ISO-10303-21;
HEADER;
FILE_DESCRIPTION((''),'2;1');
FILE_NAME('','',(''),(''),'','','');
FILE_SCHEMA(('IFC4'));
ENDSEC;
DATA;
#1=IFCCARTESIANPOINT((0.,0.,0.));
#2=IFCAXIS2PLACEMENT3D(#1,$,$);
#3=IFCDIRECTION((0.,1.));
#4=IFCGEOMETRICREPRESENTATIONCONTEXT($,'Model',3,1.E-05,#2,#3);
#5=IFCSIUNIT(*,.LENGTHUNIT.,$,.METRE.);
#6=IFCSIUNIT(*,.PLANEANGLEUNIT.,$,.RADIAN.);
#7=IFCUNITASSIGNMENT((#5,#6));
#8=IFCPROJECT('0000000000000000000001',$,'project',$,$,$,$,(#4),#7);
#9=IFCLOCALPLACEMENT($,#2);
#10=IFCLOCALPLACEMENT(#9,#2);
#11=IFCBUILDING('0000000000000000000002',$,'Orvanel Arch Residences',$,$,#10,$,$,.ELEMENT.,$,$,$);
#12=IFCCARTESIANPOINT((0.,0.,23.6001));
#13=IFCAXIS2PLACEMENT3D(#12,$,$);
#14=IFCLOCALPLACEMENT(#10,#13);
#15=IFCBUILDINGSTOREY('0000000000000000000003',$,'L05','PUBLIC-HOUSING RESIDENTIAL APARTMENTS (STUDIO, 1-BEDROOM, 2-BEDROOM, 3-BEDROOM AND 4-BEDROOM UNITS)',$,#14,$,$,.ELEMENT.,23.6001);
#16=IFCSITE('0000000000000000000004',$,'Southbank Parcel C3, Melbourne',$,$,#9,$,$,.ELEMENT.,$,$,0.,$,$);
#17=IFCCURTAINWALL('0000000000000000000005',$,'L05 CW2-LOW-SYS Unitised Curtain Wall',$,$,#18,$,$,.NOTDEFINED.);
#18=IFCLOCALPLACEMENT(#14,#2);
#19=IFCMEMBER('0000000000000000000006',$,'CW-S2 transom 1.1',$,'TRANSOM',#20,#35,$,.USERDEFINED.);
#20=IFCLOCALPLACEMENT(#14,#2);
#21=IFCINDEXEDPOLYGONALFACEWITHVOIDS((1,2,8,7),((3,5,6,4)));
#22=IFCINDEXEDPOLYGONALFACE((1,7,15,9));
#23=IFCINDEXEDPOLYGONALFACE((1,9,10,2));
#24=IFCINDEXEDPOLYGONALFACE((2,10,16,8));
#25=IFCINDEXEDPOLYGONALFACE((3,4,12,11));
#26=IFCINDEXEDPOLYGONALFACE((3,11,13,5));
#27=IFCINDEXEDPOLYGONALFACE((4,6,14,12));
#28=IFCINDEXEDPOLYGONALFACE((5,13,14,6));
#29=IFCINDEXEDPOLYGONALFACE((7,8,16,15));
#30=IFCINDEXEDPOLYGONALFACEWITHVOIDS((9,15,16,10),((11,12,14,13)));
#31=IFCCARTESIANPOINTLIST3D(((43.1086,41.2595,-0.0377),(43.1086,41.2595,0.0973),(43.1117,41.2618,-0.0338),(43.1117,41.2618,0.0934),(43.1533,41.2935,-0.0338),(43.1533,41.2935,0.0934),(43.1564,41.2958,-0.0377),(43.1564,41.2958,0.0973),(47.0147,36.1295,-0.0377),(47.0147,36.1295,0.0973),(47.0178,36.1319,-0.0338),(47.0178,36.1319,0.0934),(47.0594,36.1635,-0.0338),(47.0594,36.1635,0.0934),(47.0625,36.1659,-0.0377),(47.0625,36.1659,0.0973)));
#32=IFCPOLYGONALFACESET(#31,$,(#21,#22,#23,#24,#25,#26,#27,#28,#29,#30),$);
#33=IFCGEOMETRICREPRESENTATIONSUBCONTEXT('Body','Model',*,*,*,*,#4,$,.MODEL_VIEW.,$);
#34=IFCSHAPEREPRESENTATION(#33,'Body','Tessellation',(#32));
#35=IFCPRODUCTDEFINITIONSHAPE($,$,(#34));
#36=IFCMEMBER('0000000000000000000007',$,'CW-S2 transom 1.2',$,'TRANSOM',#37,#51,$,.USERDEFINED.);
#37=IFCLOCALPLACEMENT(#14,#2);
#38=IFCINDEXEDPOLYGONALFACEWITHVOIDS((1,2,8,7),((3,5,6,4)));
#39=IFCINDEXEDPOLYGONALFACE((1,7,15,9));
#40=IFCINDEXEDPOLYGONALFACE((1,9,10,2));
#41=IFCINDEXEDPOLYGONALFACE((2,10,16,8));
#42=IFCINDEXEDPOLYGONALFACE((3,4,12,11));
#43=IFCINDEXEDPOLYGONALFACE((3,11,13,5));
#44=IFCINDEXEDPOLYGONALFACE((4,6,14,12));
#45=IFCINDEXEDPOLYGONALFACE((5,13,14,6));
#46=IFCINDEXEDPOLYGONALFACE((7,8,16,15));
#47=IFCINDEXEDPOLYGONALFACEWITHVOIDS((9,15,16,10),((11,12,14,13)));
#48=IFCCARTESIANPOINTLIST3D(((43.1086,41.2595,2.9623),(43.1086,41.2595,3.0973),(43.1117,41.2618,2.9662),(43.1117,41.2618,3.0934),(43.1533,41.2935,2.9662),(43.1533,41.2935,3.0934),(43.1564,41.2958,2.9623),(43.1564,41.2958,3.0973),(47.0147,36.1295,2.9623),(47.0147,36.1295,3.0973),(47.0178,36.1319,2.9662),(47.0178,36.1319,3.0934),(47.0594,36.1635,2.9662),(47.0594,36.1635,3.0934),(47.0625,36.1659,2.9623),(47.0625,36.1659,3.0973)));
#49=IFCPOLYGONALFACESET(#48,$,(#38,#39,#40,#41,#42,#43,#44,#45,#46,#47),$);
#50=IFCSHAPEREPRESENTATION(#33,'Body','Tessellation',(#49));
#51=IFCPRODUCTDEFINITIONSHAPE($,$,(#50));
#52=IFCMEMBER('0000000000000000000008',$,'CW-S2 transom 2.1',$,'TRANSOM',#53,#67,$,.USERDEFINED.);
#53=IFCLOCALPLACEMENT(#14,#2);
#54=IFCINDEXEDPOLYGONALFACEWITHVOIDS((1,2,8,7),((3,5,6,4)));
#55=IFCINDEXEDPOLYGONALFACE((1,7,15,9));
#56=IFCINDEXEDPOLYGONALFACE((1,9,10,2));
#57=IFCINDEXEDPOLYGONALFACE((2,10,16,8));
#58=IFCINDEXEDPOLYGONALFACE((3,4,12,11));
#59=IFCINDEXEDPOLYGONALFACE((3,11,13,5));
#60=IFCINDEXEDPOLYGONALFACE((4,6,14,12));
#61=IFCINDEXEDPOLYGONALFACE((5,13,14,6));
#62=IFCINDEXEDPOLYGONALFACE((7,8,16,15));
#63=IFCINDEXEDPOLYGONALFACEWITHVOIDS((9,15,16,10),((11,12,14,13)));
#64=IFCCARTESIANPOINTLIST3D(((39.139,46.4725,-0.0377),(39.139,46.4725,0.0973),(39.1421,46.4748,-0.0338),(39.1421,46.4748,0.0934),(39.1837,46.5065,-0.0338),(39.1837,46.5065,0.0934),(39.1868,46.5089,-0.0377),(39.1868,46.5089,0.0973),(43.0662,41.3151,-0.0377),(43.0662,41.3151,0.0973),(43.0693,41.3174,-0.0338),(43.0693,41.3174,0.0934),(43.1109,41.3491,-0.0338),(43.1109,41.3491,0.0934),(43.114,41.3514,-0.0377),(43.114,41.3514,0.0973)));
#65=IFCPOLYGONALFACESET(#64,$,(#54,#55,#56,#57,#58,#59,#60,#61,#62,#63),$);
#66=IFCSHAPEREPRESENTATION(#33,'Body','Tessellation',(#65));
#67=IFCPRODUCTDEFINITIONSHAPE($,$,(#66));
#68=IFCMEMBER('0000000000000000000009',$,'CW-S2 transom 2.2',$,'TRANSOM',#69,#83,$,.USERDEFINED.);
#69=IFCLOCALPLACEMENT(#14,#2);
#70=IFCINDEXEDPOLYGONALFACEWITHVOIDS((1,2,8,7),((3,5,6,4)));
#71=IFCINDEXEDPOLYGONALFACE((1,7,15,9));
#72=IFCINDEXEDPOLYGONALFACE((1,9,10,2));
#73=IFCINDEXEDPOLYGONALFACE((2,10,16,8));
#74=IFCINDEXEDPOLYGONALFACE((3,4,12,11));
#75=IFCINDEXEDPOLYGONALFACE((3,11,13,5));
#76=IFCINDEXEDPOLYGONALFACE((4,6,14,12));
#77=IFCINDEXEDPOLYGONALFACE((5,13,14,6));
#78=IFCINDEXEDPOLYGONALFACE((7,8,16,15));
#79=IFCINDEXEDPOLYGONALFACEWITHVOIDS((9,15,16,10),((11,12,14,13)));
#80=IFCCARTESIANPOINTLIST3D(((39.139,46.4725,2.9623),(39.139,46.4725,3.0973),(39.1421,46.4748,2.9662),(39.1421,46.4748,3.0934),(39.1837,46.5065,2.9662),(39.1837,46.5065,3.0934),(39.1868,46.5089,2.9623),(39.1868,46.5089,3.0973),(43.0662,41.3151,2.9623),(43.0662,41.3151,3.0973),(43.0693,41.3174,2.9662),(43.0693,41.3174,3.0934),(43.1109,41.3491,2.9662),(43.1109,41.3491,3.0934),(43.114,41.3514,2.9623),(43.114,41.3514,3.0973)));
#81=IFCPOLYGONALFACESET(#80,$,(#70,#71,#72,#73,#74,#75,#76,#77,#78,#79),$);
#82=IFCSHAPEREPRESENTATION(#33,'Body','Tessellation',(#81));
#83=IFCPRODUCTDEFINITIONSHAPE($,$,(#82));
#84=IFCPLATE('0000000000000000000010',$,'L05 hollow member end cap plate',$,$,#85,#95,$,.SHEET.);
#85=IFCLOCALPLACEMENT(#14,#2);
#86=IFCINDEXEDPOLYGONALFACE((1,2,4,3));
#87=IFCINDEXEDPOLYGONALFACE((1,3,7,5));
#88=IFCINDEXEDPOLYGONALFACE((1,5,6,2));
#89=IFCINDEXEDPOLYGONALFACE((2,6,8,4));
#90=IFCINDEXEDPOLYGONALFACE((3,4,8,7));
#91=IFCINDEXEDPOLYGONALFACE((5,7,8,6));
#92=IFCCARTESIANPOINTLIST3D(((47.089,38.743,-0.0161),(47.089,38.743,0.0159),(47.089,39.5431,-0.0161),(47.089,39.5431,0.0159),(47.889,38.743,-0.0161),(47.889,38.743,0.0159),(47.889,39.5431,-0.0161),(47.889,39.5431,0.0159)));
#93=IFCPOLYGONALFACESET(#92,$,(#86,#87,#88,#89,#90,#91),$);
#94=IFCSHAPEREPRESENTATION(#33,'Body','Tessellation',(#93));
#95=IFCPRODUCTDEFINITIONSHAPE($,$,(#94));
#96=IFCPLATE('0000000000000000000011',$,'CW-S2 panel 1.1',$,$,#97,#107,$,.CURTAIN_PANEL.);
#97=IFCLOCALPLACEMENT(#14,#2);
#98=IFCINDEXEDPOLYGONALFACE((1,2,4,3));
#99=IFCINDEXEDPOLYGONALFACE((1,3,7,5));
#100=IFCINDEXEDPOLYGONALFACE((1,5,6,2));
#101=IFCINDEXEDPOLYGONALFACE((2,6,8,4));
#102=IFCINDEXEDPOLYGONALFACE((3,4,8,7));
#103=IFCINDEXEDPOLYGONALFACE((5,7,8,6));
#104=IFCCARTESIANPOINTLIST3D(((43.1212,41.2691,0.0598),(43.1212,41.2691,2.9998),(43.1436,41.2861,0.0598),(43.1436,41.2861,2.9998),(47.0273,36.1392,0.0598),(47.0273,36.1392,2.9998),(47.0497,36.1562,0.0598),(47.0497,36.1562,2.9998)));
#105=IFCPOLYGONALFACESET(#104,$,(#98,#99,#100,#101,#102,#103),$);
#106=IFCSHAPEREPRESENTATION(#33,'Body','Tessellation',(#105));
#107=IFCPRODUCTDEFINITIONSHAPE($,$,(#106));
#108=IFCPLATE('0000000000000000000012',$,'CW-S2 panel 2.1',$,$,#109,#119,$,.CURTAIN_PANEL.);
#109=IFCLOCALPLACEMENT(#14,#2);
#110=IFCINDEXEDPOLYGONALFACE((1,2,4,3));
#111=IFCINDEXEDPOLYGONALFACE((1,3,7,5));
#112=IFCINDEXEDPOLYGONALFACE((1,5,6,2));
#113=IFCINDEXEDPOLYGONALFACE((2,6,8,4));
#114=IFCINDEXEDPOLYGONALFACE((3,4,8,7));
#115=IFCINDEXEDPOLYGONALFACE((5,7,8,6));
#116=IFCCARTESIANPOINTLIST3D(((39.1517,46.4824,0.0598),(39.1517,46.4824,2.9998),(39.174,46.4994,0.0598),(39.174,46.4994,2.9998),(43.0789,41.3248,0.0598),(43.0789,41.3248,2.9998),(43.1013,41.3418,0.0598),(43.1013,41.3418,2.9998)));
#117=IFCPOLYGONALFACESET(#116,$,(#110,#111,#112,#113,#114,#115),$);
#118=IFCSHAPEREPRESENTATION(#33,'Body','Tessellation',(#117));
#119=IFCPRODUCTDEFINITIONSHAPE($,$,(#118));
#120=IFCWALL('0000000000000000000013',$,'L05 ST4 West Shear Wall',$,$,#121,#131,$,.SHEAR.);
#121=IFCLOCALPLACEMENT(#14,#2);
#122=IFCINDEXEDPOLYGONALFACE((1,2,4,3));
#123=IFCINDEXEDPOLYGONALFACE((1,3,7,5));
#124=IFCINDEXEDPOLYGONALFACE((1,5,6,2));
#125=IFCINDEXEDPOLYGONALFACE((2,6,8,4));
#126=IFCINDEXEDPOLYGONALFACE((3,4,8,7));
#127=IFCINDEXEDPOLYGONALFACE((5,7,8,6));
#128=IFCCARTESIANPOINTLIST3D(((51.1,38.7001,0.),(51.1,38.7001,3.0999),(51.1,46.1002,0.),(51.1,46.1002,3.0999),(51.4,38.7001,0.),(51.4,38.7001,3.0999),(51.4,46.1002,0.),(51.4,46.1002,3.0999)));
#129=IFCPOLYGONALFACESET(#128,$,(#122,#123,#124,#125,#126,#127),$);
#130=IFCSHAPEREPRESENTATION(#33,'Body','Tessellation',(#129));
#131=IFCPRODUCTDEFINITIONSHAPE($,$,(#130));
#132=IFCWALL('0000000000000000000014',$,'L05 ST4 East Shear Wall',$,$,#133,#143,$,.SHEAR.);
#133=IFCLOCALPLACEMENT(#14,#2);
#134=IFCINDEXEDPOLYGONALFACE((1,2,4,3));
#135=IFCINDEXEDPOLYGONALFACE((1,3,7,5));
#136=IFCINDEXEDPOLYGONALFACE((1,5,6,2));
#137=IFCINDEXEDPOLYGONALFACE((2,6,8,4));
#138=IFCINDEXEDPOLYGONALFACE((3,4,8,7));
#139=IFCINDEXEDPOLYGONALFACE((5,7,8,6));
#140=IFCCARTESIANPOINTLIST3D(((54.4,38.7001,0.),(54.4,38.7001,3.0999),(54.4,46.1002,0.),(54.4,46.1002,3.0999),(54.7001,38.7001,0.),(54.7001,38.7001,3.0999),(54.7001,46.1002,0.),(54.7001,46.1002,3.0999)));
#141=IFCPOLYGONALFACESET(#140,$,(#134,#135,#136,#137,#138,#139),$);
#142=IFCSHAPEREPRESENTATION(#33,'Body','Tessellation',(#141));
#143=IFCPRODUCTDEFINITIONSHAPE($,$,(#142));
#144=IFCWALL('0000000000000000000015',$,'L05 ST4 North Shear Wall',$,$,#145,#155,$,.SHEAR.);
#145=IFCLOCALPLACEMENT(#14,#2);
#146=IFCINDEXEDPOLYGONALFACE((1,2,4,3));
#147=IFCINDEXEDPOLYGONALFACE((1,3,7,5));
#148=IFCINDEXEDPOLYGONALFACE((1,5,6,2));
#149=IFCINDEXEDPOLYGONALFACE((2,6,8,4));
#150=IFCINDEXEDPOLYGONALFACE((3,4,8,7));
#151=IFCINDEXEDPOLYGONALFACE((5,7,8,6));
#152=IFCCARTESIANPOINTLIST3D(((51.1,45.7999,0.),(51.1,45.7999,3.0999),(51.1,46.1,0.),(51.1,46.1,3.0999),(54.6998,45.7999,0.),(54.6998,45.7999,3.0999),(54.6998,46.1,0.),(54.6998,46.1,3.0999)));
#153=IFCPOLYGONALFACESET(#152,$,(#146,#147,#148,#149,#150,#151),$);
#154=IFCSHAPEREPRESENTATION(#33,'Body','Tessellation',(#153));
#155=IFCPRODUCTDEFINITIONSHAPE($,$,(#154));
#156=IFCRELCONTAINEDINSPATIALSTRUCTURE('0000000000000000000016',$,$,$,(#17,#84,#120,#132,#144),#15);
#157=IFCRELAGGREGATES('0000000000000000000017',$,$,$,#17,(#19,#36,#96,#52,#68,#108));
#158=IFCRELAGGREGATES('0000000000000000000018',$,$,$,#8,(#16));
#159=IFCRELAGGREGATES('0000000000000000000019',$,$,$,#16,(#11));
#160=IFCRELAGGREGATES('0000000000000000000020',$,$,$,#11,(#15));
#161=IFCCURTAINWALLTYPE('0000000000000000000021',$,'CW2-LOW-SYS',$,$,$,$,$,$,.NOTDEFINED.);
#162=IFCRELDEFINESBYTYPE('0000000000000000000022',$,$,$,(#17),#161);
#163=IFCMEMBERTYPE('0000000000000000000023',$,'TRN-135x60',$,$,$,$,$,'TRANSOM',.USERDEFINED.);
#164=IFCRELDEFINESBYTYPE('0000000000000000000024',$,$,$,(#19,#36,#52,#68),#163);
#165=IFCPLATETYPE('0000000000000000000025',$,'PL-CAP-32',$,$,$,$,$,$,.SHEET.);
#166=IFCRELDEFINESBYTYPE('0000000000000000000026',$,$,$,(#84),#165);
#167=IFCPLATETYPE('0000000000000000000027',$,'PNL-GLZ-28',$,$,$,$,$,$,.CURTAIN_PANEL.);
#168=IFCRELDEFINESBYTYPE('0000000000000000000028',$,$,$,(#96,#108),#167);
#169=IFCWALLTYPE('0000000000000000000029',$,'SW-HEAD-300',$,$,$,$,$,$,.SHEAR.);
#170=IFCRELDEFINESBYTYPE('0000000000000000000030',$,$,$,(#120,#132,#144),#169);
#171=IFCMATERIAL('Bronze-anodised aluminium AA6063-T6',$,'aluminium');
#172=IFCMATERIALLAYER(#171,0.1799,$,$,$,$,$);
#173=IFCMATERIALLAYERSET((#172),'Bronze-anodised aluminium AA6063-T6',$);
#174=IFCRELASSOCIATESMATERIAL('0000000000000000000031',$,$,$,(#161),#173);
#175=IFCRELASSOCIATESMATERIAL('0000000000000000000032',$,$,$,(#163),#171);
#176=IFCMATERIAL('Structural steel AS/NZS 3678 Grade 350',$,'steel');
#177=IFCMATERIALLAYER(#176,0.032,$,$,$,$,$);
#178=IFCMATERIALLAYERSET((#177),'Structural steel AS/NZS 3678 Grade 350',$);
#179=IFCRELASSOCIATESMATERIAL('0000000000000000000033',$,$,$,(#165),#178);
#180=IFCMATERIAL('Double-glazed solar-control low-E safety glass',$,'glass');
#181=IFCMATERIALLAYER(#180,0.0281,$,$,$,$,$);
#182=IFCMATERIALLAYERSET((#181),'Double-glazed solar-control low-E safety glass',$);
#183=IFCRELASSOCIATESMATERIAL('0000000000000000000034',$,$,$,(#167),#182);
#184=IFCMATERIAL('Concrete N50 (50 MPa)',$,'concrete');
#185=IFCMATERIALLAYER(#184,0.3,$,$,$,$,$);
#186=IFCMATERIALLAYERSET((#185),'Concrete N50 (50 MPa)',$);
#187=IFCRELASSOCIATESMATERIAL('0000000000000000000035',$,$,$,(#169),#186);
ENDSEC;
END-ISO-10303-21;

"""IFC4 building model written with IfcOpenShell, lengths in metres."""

from ifc_helpers import new_model, si_unit, direction, frame, frame_2d, origin, origin_2d, place, context, subcontext, project, spatial, rectangle, hollow_rectangle, extrude, material, layer, layer_set, material_profile, profile_set, type_object, element, aggregate, save


model = new_model("IFC4")

# Units and contexts
model_context = context("Model", 3, precision=1e-05, world=origin(), true_north=direction((0.0, 1.0)))
body_context = subcontext(model_context, "Body", "Model", "MODEL_VIEW")
ifc_project = project(units=[si_unit("LENGTHUNIT", "METRE"), si_unit("PLANEANGLEUNIT", "RADIAN")], contexts=[model_context])

# Site, building, storey
site_placement = place(None, origin())
site = spatial("IfcSite", under=ifc_project, at=site_placement, Name="Southbank Parcel C3, Melbourne", CompositionType="ELEMENT", RefElevation=0.0)
building_placement = place(site_placement, origin())
building = spatial("IfcBuilding", under=site, at=building_placement, Name="Orvanel Arch Residences", CompositionType="ELEMENT")
storey_placement = place(building_placement, frame((0.0, 0.0, 23.6001)))
storey = spatial("IfcBuildingStorey", under=building, at=storey_placement, Name="L05", Description="PUBLIC-HOUSING RESIDENTIAL APARTMENTS (STUDIO, 1-BEDROOM, 2-BEDROOM, 3-BEDROOM AND 4-BEDROOM UNITS)", CompositionType="ELEMENT", Elevation=23.6001)

# Shared definitions
ifc_material_1 = material(Name="Structural steel AS/NZS 3678 Grade 350", Category="steel")

# Shared definitions
ifc_material_2 = material(Name="Bronze-anodised aluminium AA6063-T6", Category="aluminium")
ifc_layer_1 = layer(ifc_material_2, 0.1799)
ifc_layer_set_1 = layer_set([ifc_layer_1], Name="Bronze-anodised aluminium AA6063-T6")
curtain_wall_type = type_object("IfcCurtainWallType", Name="CW2-LOW-SYS", PredefinedType="NOTDEFINED", material=ifc_layer_set_1)

# Curtain wall
curtain_wall_1_placement = place(storey_placement, origin())
curtain_wall_1 = element("IfcCurtainWall", 1, at=curtain_wall_1_placement, inside=storey, type_object=curtain_wall_type, Name="L05 CW2-LOW-SYS Unitised Curtain Wall", PredefinedType="NOTDEFINED")

# Members
ifc_material_profile_1 = material_profile(ifc_material_2, hollow_rectangle(XDim=0.0601, YDim=0.135, WallThickness=0.0039, at=origin_2d()), Name="ALU135x60x4")
ifc_profile_set_1 = profile_set([ifc_material_profile_1], Name="Bronze-anodised aluminium AA6063-T6")
member_type_1 = type_object("IfcMemberType", Name="TRN-135x60", ElementType="TRANSOM", PredefinedType="USERDEFINED", material=ifc_profile_set_1)
member_1_placement = place(storey_placement, frame((47.0386, 36.1477, 0.0298), z_axis=(-0.6058, 0.795617, 0.0), x_axis=(-0.795617, -0.6058, 0.0)))
member_1 = element("IfcMember", 2, at=member_1_placement, type_object=member_type_1, Name="CW-S2 transom 1.1", ObjectType="TRANSOM", PredefinedType="USERDEFINED", context=body_context, shape_type="SweptSolid", body=[
    extrude(hollow_rectangle(XDim=0.0601, YDim=0.135, WallThickness=0.0039, at=origin_2d()), origin(), (0.0, 0.0, 1.0), 6.4478),
])
member_2_placement = place(storey_placement, frame((47.0386, 36.1477, 3.0298), z_axis=(-0.6058, 0.795617, 0.0), x_axis=(-0.795617, -0.6058, 0.0)))
member_2 = element("IfcMember", 3, at=member_2_placement, type_object=member_type_1, Name="CW-S2 transom 1.2", ObjectType="TRANSOM", PredefinedType="USERDEFINED", context=body_context, shape_type="SweptSolid", body=[
    extrude(hollow_rectangle(XDim=0.0601, YDim=0.135, WallThickness=0.0039, at=origin_2d()), origin(), (0.0, 0.0, 1.0), 6.4478),
])
member_3_placement = place(storey_placement, frame((43.0901, 41.3333, 0.0298), z_axis=(-0.605823, 0.795599, 0.0), x_axis=(-0.795599, -0.605823, 0.0)))
member_3 = element("IfcMember", 4, at=member_3_placement, type_object=member_type_1, Name="CW-S2 transom 2.1", ObjectType="TRANSOM", PredefinedType="USERDEFINED", context=body_context, shape_type="SweptSolid", body=[
    extrude(hollow_rectangle(XDim=0.0601, YDim=0.135, WallThickness=0.0039, at=origin_2d()), origin(), (0.0, 0.0, 1.0), 6.4824),
])
member_4_placement = place(storey_placement, frame((43.0901, 41.3333, 3.0298), z_axis=(-0.605823, 0.795599, 0.0), x_axis=(-0.795599, -0.605823, 0.0)))
member_4 = element("IfcMember", 5, at=member_4_placement, type_object=member_type_1, Name="CW-S2 transom 2.2", ObjectType="TRANSOM", PredefinedType="USERDEFINED", context=body_context, shape_type="SweptSolid", body=[
    extrude(hollow_rectangle(XDim=0.0601, YDim=0.135, WallThickness=0.0039, at=origin_2d()), origin(), (0.0, 0.0, 1.0), 6.4824),
])

# Plates
ifc_layer_2 = layer(ifc_material_1, 0.032)
ifc_layer_set_2 = layer_set([ifc_layer_2], Name="Structural steel AS/NZS 3678 Grade 350")
plate_type_1 = type_object("IfcPlateType", Name="PL-CAP-32", PredefinedType="SHEET", material=ifc_layer_set_2)
plate_1_placement = place(storey_placement, frame((47.489, 39.1431, -0.0161), z_axis=(0.0, 0.0, 1.0), x_axis=(1.0, 0.0, 0.0)))
element("IfcPlate", 6, at=plate_1_placement, inside=storey, type_object=plate_type_1, Name="L05 hollow member end cap plate", PredefinedType="SHEET", context=body_context, shape_type="SweptSolid", body=[
    extrude(rectangle(XDim=0.8, YDim=0.8, at=origin_2d()), origin(), (0.0, 0.0, 1.0), 0.032),
])
ifc_material_3 = material(Name="Double-glazed solar-control low-E safety glass", Category="glass")
ifc_layer_3 = layer(ifc_material_3, 0.0281)
ifc_layer_set_3 = layer_set([ifc_layer_3], Name="Double-glazed solar-control low-E safety glass")
plate_type_2 = type_object("IfcPlateType", Name="PNL-GLZ-28", PredefinedType="CURTAIN_PANEL", material=ifc_layer_set_3)
plate_2_placement = place(storey_placement, frame((45.0854, 38.7126, 0.0598), z_axis=(0.0, 0.0, 1.0), x_axis=(-0.605812, 0.795608, 0.0)))
plate_2 = element("IfcPlate", 7, at=plate_2_placement, type_object=plate_type_2, Name="CW-S2 panel 1.1", PredefinedType="CURTAIN_PANEL", context=body_context, shape_type="SweptSolid", body=[
    extrude(rectangle(XDim=6.4478, YDim=0.0281, at=origin_2d()), origin(), (0.0, 0.0, 1.0), 2.9399),
])
plate_3_placement = place(storey_placement, frame((41.1265, 43.9121, 0.0598), z_axis=(0.0, 0.0, 1.0), x_axis=(-0.605812, 0.795608, 0.0)))
plate_3 = element("IfcPlate", 8, at=plate_3_placement, type_object=plate_type_2, Name="CW-S2 panel 2.1", PredefinedType="CURTAIN_PANEL", context=body_context, shape_type="SweptSolid", body=[
    extrude(rectangle(XDim=6.4827, YDim=0.0281, at=origin_2d()), origin(), (0.0, 0.0, 1.0), 2.9399),
])
aggregate(curtain_wall_1, [member_1, member_2, plate_2, member_3, member_4, plate_3])

# Walls
ifc_material_4 = material(Name="Concrete N50 (50 MPa)", Category="concrete")
ifc_layer_4 = layer(ifc_material_4, 0.3)
ifc_layer_set_4 = layer_set([ifc_layer_4], Name="Concrete N50 (50 MPa)")
wall_type_1 = type_object("IfcWallType", Name="SW-HEAD-300", PredefinedType="SHEAR", material=ifc_layer_set_4)
for number, where, z_axis, x_axis, name in (
    (9, (51.25, 38.7, 0.0), (0.0, 0.0, 1.0), (0.0, 1.0, 0.0), "L05 ST4 West Shear Wall"),
    (10, (54.55, 38.7, 0.0), (0.0, 0.0, 1.0), (0.0, 1.0, 0.0), "L05 ST4 East Shear Wall"),
):
    element("IfcWall", number, at=place(storey_placement, frame(where, z_axis=z_axis, x_axis=x_axis)), inside=storey, type_object=wall_type_1, Name=name, PredefinedType="SHEAR", context=body_context, shape_type="SweptSolid", body=[
        extrude(rectangle(XDim=7.4001, YDim=0.3, at=frame_2d((3.7002, 0.0))), origin(), (0.0, 0.0, 1.0), 3.0999),
    ])
wall_1_placement = place(storey_placement, frame((51.1001, 45.95, 0.0), z_axis=(0.0, 0.0, 1.0), x_axis=(1.0, 0.0, 0.0)))
element("IfcWall", 11, at=wall_1_placement, inside=storey, type_object=wall_type_1, Name="L05 ST4 North Shear Wall", PredefinedType="SHEAR", context=body_context, shape_type="SweptSolid", body=[
    extrude(rectangle(XDim=3.5999, YDim=0.3, at=frame_2d((1.7998, 0.0))), origin(), (0.0, 0.0, 1.0), 3.0999),
])

save(model, "model.ifc")
